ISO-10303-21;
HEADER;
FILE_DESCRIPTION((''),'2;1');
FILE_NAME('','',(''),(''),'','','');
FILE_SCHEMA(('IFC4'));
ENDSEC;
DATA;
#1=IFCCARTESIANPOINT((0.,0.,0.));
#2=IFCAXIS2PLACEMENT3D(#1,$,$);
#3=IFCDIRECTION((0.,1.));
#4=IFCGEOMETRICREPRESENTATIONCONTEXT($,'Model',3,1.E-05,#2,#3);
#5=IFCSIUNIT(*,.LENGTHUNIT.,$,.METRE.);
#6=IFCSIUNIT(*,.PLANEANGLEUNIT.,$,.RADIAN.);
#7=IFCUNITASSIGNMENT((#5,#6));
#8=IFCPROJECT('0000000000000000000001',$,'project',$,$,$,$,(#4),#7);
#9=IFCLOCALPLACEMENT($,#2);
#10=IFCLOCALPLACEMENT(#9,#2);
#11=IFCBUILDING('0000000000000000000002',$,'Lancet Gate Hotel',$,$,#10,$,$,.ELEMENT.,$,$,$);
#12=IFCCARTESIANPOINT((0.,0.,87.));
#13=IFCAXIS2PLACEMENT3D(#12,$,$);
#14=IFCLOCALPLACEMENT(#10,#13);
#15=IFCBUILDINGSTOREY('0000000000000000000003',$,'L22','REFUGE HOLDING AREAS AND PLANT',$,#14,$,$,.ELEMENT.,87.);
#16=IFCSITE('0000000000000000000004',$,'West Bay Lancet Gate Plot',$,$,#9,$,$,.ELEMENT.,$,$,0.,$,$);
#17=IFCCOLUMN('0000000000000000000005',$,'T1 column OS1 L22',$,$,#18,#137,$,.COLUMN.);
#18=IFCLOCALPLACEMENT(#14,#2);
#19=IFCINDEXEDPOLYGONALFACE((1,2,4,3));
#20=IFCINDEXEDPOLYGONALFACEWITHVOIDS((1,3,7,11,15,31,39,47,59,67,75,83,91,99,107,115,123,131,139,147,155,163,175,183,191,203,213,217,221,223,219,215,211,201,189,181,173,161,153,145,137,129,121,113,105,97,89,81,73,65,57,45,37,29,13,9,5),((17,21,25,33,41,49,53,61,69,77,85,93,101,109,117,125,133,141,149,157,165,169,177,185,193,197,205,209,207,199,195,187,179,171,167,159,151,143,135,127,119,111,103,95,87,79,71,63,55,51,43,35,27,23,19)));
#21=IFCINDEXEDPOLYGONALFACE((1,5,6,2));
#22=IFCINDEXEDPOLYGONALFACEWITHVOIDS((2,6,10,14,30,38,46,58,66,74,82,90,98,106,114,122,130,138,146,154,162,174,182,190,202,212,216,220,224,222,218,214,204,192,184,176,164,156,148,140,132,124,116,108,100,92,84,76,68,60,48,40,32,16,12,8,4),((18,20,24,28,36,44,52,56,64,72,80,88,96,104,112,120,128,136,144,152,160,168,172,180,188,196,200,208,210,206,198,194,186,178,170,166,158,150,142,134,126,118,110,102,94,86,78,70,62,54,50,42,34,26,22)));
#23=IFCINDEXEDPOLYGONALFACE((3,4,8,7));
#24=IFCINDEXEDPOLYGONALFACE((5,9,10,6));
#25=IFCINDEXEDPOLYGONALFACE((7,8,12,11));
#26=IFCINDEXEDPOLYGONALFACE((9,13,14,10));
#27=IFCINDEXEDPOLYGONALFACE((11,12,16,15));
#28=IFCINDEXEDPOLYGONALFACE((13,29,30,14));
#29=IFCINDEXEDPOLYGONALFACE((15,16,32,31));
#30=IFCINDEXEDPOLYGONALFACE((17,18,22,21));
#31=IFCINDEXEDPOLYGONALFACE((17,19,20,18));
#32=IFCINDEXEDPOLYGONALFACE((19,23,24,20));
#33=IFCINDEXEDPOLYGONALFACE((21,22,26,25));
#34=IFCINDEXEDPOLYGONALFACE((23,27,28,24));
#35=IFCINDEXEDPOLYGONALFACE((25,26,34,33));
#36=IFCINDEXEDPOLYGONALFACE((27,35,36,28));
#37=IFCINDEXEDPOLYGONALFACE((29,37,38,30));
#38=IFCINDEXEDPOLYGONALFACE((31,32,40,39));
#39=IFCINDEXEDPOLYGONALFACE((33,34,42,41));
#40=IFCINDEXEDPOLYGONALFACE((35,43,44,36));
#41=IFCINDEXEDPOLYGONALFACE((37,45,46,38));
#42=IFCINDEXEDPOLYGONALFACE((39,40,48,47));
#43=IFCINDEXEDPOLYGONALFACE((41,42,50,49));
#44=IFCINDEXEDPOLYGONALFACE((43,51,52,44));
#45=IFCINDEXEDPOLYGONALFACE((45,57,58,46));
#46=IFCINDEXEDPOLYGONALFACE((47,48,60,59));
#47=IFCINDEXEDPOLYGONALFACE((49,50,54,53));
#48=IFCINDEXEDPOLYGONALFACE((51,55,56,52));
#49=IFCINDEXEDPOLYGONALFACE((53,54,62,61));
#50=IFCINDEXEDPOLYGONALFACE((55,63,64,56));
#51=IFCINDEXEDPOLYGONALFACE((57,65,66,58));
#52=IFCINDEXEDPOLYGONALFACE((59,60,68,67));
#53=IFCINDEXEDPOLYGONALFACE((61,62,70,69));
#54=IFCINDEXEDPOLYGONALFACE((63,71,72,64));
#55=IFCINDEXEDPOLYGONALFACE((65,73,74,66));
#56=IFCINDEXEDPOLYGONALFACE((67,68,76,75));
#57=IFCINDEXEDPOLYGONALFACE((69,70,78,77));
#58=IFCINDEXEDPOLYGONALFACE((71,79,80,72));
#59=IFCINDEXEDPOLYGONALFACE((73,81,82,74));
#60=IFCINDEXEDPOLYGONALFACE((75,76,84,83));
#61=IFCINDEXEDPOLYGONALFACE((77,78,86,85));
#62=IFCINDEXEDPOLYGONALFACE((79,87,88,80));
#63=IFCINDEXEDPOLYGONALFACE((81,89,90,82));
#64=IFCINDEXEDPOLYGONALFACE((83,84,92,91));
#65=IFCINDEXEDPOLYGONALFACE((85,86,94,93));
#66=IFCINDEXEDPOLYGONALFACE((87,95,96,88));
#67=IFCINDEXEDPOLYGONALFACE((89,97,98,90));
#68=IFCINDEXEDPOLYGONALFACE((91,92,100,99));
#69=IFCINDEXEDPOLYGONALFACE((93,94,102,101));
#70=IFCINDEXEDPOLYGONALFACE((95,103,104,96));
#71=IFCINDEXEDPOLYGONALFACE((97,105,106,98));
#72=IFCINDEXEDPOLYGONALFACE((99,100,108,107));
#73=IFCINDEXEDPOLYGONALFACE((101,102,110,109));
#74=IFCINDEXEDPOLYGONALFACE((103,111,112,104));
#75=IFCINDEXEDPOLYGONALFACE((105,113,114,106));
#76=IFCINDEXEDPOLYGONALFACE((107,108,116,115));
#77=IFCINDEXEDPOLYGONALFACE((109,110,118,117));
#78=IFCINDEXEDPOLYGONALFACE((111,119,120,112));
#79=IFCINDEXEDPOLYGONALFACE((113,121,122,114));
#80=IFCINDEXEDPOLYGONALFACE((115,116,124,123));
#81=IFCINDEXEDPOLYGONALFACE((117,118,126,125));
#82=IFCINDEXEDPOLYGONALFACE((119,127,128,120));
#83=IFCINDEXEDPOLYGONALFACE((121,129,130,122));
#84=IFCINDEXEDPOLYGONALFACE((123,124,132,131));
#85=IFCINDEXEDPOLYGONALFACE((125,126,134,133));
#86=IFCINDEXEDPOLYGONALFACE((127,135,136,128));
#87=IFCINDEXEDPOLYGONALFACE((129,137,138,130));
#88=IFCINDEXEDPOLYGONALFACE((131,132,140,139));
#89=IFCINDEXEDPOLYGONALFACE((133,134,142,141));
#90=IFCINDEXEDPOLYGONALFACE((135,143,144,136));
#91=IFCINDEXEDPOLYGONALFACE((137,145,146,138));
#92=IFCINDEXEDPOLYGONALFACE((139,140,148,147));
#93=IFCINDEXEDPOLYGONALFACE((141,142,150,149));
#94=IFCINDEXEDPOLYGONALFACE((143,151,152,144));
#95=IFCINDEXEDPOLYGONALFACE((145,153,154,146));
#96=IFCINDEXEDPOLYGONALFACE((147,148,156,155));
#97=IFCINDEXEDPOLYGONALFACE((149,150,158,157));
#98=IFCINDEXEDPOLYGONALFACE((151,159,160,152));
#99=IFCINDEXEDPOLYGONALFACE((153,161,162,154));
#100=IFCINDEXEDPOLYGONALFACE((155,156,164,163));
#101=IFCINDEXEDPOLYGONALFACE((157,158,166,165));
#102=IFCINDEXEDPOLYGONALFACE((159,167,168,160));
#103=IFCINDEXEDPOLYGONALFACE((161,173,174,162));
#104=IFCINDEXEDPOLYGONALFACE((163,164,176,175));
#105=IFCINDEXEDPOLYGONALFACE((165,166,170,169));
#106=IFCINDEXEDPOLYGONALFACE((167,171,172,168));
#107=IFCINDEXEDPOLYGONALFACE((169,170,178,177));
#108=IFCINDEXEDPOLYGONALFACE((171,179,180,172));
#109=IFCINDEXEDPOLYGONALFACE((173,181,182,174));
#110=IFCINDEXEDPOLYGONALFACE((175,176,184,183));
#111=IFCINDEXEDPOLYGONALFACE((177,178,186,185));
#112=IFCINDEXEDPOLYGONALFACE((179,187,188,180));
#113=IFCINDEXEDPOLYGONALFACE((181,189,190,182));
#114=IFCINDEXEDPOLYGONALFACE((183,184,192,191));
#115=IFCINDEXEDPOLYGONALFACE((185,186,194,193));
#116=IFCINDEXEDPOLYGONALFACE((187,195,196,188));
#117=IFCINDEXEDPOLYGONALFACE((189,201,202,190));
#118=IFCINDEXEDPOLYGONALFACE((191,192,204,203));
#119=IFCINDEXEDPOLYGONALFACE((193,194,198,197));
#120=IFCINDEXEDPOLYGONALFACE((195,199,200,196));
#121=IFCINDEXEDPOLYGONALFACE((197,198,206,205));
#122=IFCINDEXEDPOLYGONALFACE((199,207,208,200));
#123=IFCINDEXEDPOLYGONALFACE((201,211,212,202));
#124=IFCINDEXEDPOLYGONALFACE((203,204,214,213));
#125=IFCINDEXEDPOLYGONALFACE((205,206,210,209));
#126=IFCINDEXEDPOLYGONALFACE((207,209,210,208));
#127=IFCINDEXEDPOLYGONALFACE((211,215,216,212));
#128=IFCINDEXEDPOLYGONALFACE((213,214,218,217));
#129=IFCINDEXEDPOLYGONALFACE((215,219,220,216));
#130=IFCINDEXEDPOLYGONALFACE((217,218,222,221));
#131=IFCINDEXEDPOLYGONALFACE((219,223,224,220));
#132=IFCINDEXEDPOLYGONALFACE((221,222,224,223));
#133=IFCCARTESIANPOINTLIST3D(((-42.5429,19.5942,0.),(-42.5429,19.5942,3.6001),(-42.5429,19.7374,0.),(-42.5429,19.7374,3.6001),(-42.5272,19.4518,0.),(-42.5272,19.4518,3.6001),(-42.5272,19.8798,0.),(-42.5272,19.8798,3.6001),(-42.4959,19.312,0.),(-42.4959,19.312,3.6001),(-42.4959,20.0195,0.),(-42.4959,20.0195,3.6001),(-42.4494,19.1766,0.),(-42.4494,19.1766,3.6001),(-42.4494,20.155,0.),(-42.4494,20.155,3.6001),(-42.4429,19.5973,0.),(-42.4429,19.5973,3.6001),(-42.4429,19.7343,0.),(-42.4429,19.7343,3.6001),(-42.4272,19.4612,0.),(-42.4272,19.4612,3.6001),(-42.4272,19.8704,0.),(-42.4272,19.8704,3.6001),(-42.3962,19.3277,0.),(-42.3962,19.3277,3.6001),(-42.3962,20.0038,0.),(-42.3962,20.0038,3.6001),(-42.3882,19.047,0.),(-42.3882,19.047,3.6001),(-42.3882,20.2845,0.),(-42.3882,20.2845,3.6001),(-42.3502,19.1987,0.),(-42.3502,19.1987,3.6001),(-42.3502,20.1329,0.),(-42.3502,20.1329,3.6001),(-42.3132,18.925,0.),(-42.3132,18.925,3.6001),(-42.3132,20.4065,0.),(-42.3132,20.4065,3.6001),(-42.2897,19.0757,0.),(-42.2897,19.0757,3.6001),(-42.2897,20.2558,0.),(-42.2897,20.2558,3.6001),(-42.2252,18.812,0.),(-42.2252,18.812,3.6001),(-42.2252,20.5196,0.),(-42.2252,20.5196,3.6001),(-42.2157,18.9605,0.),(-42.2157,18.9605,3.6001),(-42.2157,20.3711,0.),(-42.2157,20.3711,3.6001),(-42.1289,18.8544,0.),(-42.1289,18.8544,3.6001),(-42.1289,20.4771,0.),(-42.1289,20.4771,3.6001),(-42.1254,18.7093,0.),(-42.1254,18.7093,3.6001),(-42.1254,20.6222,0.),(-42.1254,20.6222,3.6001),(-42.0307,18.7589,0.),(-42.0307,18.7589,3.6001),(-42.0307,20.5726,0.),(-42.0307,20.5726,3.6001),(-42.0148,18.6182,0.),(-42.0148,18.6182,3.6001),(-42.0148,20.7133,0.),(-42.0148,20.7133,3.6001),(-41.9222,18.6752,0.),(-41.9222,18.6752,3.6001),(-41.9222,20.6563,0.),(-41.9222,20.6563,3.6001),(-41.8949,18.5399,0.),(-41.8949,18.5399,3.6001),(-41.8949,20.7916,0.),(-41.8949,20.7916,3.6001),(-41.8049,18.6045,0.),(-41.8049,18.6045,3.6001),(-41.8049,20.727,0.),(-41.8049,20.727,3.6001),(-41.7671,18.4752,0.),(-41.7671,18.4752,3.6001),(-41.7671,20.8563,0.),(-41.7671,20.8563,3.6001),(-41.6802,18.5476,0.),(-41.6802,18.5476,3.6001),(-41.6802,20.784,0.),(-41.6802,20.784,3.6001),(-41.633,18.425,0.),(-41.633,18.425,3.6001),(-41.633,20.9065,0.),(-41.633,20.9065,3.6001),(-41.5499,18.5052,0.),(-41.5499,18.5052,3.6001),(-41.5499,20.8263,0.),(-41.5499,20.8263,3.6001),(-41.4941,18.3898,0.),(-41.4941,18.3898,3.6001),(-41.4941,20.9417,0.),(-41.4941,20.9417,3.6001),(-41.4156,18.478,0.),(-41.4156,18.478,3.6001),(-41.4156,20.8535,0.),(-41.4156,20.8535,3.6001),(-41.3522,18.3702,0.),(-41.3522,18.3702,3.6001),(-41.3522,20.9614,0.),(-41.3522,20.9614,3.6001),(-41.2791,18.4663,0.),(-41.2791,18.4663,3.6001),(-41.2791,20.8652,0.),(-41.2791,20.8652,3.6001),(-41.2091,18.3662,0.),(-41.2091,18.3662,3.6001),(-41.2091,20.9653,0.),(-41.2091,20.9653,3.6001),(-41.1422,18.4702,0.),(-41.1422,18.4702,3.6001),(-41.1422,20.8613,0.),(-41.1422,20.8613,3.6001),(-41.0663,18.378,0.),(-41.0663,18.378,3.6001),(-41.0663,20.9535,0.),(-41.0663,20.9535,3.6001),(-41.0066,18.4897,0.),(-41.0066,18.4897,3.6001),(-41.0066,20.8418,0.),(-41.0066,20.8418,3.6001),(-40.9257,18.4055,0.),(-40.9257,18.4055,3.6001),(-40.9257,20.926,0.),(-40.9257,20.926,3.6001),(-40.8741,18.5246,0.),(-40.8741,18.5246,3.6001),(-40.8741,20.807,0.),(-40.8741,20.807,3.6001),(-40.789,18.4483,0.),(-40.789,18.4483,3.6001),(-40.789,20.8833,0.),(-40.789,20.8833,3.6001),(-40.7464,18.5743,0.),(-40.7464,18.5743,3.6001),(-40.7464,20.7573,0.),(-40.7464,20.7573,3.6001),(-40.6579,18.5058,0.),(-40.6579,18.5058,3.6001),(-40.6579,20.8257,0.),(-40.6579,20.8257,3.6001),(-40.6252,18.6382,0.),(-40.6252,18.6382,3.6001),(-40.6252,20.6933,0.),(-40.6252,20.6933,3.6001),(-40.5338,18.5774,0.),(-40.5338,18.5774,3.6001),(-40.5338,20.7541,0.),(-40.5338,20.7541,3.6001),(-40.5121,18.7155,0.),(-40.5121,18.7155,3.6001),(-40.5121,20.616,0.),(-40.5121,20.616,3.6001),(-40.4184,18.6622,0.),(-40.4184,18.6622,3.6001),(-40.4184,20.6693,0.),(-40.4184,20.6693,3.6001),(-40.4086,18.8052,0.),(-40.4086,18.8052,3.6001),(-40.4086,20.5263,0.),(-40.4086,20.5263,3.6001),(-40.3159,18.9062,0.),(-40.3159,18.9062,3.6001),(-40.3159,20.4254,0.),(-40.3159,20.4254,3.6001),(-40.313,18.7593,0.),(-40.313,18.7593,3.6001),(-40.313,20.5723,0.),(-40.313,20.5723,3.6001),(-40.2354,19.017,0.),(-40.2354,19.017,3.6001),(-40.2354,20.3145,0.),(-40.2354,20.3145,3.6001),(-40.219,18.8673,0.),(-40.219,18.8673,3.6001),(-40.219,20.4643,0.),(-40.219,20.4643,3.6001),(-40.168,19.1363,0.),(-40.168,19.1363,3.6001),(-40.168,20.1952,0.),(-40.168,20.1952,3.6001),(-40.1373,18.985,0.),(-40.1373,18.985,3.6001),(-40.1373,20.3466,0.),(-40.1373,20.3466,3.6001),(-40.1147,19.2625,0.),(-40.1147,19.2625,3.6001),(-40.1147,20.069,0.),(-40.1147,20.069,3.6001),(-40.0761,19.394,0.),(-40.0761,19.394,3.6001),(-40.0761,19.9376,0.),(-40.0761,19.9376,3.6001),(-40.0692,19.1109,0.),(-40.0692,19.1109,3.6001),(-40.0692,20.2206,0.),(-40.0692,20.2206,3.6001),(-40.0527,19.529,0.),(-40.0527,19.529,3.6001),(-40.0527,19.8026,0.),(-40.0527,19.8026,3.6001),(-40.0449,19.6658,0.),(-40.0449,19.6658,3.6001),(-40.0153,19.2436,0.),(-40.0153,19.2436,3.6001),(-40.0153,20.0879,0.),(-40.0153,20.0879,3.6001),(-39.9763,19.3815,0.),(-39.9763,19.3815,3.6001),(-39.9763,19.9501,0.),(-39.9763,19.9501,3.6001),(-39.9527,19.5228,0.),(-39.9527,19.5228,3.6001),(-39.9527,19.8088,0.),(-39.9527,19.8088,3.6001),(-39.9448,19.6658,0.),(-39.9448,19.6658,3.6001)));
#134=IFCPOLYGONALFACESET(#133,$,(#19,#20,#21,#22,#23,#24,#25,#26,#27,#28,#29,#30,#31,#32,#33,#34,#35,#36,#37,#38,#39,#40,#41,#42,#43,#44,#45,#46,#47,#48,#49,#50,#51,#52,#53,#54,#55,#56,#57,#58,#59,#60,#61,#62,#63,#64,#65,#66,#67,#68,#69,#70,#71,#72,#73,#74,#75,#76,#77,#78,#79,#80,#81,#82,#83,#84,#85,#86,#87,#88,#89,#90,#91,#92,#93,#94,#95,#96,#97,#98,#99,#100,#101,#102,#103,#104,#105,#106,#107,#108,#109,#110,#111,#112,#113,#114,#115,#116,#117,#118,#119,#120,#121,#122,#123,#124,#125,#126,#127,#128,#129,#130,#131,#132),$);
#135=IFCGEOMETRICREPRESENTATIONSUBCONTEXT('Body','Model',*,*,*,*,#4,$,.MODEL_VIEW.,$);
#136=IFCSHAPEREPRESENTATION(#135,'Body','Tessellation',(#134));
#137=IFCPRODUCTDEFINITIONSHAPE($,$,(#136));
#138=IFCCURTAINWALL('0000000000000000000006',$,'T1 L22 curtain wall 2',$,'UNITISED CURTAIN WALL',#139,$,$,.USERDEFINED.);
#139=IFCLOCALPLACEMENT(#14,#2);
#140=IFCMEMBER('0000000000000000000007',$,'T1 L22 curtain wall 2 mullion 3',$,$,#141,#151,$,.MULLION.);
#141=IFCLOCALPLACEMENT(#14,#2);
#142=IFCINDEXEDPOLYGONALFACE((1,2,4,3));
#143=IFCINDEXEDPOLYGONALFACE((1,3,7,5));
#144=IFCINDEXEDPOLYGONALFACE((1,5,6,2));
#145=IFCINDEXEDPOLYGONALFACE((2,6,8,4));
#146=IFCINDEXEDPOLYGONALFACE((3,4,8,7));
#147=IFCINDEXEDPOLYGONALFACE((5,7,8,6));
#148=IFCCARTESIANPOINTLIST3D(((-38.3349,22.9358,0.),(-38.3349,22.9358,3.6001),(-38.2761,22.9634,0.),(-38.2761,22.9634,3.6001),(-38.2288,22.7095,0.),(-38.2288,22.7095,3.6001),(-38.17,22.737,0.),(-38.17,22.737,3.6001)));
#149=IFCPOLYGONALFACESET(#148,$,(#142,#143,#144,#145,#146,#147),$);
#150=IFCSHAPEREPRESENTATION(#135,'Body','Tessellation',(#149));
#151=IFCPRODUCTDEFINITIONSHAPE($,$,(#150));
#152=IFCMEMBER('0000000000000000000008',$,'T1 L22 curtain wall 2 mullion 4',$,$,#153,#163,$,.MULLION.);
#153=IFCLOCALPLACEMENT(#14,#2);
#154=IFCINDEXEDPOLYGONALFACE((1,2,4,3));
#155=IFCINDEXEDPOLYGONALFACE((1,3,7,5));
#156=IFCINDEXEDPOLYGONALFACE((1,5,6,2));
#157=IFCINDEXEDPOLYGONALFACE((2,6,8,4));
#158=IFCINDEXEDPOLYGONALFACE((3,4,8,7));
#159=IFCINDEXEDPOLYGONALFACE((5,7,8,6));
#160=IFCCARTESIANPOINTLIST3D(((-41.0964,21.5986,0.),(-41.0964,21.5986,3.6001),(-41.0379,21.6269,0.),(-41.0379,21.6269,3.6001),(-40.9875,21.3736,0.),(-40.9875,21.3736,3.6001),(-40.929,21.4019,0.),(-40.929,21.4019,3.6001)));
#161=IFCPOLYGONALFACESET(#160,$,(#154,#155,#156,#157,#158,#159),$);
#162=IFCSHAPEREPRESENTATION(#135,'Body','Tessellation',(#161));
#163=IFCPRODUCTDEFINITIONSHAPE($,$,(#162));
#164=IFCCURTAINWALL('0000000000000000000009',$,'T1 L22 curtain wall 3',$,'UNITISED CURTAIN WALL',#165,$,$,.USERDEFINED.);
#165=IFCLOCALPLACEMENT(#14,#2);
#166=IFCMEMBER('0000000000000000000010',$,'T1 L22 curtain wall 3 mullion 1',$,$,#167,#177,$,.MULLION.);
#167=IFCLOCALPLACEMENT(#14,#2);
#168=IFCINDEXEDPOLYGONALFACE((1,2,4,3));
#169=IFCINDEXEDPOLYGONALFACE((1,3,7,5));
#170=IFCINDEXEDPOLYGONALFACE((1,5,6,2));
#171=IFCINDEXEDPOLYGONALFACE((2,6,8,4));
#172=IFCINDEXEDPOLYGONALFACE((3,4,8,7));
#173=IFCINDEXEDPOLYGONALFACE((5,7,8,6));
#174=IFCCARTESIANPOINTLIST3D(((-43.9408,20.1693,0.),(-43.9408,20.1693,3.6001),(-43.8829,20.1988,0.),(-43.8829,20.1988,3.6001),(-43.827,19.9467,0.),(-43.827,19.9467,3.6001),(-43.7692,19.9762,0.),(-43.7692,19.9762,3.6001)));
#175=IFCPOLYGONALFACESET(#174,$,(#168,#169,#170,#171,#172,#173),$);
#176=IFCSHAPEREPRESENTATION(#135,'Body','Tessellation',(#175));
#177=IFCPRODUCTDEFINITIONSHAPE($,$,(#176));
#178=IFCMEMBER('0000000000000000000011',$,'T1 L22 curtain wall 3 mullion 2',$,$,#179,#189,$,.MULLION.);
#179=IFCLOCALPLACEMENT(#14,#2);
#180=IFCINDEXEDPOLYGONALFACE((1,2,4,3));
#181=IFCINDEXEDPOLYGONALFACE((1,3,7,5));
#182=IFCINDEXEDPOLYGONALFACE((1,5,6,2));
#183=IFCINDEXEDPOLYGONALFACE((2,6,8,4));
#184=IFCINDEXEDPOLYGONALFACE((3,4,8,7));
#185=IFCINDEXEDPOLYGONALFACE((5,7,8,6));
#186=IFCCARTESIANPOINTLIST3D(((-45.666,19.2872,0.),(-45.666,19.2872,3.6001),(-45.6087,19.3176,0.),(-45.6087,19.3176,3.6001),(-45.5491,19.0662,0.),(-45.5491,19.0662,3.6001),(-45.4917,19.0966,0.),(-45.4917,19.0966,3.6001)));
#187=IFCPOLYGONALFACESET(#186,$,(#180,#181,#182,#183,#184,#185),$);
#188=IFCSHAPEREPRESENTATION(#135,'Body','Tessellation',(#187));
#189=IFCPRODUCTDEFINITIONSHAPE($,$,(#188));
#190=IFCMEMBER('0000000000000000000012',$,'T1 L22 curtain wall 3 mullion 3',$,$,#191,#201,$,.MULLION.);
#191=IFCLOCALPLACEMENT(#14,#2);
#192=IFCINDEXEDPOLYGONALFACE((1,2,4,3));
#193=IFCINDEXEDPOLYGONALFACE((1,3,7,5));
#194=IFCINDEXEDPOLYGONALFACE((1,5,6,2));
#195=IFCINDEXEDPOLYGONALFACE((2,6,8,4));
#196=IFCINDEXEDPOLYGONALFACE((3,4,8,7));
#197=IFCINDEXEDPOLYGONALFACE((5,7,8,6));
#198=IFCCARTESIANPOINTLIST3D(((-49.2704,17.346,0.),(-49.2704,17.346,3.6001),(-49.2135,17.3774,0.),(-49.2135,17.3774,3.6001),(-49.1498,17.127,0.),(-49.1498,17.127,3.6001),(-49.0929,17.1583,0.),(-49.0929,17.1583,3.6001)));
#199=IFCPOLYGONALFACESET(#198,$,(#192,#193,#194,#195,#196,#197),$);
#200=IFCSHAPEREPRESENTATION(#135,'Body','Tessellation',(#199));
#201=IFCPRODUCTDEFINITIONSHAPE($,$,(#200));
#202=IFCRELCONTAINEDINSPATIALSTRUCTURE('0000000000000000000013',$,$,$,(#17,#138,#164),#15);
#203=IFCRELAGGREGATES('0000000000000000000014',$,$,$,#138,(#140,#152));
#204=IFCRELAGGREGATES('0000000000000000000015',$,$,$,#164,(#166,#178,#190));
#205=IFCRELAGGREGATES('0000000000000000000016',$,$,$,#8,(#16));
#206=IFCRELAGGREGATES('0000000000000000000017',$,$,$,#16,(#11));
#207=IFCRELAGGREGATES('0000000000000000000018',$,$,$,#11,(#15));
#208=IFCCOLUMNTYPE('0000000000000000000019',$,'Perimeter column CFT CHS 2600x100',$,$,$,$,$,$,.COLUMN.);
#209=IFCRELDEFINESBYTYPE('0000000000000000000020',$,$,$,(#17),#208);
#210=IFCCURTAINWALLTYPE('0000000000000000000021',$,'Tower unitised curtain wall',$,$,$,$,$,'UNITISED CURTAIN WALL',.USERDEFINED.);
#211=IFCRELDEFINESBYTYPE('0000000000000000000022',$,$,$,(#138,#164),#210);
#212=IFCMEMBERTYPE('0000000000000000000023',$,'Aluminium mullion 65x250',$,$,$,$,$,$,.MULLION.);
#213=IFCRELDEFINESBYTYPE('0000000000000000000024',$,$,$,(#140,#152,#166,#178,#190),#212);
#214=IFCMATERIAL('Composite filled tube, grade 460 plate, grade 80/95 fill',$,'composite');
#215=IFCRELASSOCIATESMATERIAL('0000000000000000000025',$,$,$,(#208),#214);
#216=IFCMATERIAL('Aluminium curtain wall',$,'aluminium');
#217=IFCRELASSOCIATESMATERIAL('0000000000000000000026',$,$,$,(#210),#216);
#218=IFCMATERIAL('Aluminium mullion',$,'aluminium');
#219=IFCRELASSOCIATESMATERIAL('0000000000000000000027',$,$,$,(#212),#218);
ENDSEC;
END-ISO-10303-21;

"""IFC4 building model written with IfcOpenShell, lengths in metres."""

from ifc_helpers import new_model, si_unit, direction, frame, origin, origin_2d, place, context, subcontext, project, spatial, rectangle, hollow_circle, extrude, material, material_profile, profile_set, type_object, element, aggregate, save


model = new_model("IFC4")

# Units and contexts
model_context = context("Model", 3, precision=1e-05, world=origin(), true_north=direction((0.0, 1.0)))
body_context = subcontext(model_context, "Body", "Model", "MODEL_VIEW")
ifc_project = project(units=[si_unit("LENGTHUNIT", "METRE"), si_unit("PLANEANGLEUNIT", "RADIAN")], contexts=[model_context])

# Site, building, storey
site_placement = place(None, origin())
site = spatial("IfcSite", under=ifc_project, at=site_placement, Name="West Bay Lancet Gate Plot", CompositionType="ELEMENT", RefElevation=0.0)
building_placement = place(site_placement, origin())
building = spatial("IfcBuilding", under=site, at=building_placement, Name="Lancet Gate Hotel", CompositionType="ELEMENT")
storey_placement = place(building_placement, frame((0.0, 0.0, 87.0)))
storey = spatial("IfcBuildingStorey", under=building, at=storey_placement, Name="L22", Description="REFUGE HOLDING AREAS AND PLANT", CompositionType="ELEMENT", Elevation=87.0)

# Column
ifc_material_1 = material(Name="Composite filled tube, grade 460 plate, grade 80/95 fill", Category="composite")
ifc_material_profile_1 = material_profile(ifc_material_1, hollow_circle(Radius=1.3, WallThickness=0.1001, at=origin_2d()), Name="CHS 2600x100")
ifc_profile_set_1 = profile_set([ifc_material_profile_1], Name="Composite filled tube, grade 460 plate, grade 80/95 fill")
column_type = type_object("IfcColumnType", Name="Perimeter column CFT CHS 2600x100", PredefinedType="COLUMN", material=ifc_profile_set_1)
column_placement = place(storey_placement, frame((-41.2449, 19.6658, 0.0), z_axis=(0.0, 0.0, 1.0), x_axis=(1.0, 0.0, 0.0)))
element("IfcColumn", 1, at=column_placement, inside=storey, type_object=column_type, Name="T1 column OS1 L22", PredefinedType="COLUMN", context=body_context, shape_type="SweptSolid", body=[
    extrude(hollow_circle(Radius=1.3, WallThickness=0.1001, at=origin_2d()), origin(), (0.0, 0.0, 1.0), 3.6001),
])

# Curtain walls, members
ifc_material_2 = material(Name="Aluminium curtain wall", Category="aluminium")
curtain_wall_type = type_object("IfcCurtainWallType", Name="Tower unitised curtain wall", ElementType="UNITISED CURTAIN WALL", PredefinedType="USERDEFINED", material=ifc_material_2)
curtain_wall_1_placement = place(storey_placement, origin())
curtain_wall_1 = element("IfcCurtainWall", 2, at=curtain_wall_1_placement, inside=storey, type_object=curtain_wall_type, Name="T1 L22 curtain wall 2", ObjectType="UNITISED CURTAIN WALL", PredefinedType="USERDEFINED")
ifc_material_3 = material(Name="Aluminium mullion", Category="aluminium")
ifc_material_profile_2 = material_profile(ifc_material_3, rectangle(XDim=0.0649, YDim=0.25, at=origin_2d()), Name="MULLION 65x250")
ifc_profile_set_2 = profile_set([ifc_material_profile_2], Name="Aluminium mullion")
member_type_1 = type_object("IfcMemberType", Name="Aluminium mullion 65x250", PredefinedType="MULLION", material=ifc_profile_set_2)
member_1_placement = place(storey_placement, frame((-38.2524, 22.8364, 0.0), z_axis=(0.0, 0.0, 1.0), x_axis=(-0.905375, -0.424612, 0.0)))
member_1 = element("IfcMember", 3, at=member_1_placement, type_object=member_type_1, Name="T1 L22 curtain wall 2 mullion 3", PredefinedType="MULLION", context=body_context, shape_type="SweptSolid", body=[
    extrude(rectangle(XDim=0.0649, YDim=0.25, at=origin_2d()), origin(), (0.0, 0.0, 1.0), 3.6001),
])
member_2_placement = place(storey_placement, frame((-41.0127, 21.5002, 0.0), z_axis=(0.0, 0.0, 1.0), x_axis=(-0.900082, -0.435721, 0.0)))
member_2 = element("IfcMember", 4, at=member_2_placement, type_object=member_type_1, Name="T1 L22 curtain wall 2 mullion 4", PredefinedType="MULLION", context=body_context, shape_type="SweptSolid", body=[
    extrude(rectangle(XDim=0.0649, YDim=0.25, at=origin_2d()), origin(), (0.0, 0.0, 1.0), 3.6001),
])
curtain_wall_2_placement = place(storey_placement, origin())
curtain_wall_2 = element("IfcCurtainWall", 5, at=curtain_wall_2_placement, inside=storey, type_object=curtain_wall_type, Name="T1 L22 curtain wall 3", ObjectType="UNITISED CURTAIN WALL", PredefinedType="USERDEFINED")
member_3_placement = place(storey_placement, frame((-43.855, 20.0728, 0.0), z_axis=(0.0, 0.0, 1.0), x_axis=(-0.890493, -0.454996, 0.0)))
member_3 = element("IfcMember", 6, at=member_3_placement, type_object=member_type_1, Name="T1 L22 curtain wall 3 mullion 1", PredefinedType="MULLION", context=body_context, shape_type="SweptSolid", body=[
    extrude(rectangle(XDim=0.0649, YDim=0.25, at=origin_2d()), origin(), (0.0, 0.0, 1.0), 3.6001),
])
member_4_placement = place(storey_placement, frame((-45.5789, 19.1919, 0.0), z_axis=(0.0, 0.0, 1.0), x_axis=(-0.883749, -0.46796, 0.0)))
member_4 = element("IfcMember", 7, at=member_4_placement, type_object=member_type_1, Name="T1 L22 curtain wall 3 mullion 2", PredefinedType="MULLION", context=body_context, shape_type="SweptSolid", body=[
    extrude(rectangle(XDim=0.0649, YDim=0.25, at=origin_2d()), origin(), (0.0, 0.0, 1.0), 3.6001),
])
member_5_placement = place(storey_placement, frame((-49.1816, 17.2522, 0.0), z_axis=(0.0, 0.0, 1.0), x_axis=(-0.876045, -0.482229, 0.0)))
member_5 = element("IfcMember", 8, at=member_5_placement, type_object=member_type_1, Name="T1 L22 curtain wall 3 mullion 3", PredefinedType="MULLION", context=body_context, shape_type="SweptSolid", body=[
    extrude(rectangle(XDim=0.0649, YDim=0.25, at=origin_2d()), origin(), (0.0, 0.0, 1.0), 3.6001),
])

aggregate(curtain_wall_1, [member_1, member_2])
aggregate(curtain_wall_2, [member_3, member_4, member_5])

save(model, "model.ifc")
